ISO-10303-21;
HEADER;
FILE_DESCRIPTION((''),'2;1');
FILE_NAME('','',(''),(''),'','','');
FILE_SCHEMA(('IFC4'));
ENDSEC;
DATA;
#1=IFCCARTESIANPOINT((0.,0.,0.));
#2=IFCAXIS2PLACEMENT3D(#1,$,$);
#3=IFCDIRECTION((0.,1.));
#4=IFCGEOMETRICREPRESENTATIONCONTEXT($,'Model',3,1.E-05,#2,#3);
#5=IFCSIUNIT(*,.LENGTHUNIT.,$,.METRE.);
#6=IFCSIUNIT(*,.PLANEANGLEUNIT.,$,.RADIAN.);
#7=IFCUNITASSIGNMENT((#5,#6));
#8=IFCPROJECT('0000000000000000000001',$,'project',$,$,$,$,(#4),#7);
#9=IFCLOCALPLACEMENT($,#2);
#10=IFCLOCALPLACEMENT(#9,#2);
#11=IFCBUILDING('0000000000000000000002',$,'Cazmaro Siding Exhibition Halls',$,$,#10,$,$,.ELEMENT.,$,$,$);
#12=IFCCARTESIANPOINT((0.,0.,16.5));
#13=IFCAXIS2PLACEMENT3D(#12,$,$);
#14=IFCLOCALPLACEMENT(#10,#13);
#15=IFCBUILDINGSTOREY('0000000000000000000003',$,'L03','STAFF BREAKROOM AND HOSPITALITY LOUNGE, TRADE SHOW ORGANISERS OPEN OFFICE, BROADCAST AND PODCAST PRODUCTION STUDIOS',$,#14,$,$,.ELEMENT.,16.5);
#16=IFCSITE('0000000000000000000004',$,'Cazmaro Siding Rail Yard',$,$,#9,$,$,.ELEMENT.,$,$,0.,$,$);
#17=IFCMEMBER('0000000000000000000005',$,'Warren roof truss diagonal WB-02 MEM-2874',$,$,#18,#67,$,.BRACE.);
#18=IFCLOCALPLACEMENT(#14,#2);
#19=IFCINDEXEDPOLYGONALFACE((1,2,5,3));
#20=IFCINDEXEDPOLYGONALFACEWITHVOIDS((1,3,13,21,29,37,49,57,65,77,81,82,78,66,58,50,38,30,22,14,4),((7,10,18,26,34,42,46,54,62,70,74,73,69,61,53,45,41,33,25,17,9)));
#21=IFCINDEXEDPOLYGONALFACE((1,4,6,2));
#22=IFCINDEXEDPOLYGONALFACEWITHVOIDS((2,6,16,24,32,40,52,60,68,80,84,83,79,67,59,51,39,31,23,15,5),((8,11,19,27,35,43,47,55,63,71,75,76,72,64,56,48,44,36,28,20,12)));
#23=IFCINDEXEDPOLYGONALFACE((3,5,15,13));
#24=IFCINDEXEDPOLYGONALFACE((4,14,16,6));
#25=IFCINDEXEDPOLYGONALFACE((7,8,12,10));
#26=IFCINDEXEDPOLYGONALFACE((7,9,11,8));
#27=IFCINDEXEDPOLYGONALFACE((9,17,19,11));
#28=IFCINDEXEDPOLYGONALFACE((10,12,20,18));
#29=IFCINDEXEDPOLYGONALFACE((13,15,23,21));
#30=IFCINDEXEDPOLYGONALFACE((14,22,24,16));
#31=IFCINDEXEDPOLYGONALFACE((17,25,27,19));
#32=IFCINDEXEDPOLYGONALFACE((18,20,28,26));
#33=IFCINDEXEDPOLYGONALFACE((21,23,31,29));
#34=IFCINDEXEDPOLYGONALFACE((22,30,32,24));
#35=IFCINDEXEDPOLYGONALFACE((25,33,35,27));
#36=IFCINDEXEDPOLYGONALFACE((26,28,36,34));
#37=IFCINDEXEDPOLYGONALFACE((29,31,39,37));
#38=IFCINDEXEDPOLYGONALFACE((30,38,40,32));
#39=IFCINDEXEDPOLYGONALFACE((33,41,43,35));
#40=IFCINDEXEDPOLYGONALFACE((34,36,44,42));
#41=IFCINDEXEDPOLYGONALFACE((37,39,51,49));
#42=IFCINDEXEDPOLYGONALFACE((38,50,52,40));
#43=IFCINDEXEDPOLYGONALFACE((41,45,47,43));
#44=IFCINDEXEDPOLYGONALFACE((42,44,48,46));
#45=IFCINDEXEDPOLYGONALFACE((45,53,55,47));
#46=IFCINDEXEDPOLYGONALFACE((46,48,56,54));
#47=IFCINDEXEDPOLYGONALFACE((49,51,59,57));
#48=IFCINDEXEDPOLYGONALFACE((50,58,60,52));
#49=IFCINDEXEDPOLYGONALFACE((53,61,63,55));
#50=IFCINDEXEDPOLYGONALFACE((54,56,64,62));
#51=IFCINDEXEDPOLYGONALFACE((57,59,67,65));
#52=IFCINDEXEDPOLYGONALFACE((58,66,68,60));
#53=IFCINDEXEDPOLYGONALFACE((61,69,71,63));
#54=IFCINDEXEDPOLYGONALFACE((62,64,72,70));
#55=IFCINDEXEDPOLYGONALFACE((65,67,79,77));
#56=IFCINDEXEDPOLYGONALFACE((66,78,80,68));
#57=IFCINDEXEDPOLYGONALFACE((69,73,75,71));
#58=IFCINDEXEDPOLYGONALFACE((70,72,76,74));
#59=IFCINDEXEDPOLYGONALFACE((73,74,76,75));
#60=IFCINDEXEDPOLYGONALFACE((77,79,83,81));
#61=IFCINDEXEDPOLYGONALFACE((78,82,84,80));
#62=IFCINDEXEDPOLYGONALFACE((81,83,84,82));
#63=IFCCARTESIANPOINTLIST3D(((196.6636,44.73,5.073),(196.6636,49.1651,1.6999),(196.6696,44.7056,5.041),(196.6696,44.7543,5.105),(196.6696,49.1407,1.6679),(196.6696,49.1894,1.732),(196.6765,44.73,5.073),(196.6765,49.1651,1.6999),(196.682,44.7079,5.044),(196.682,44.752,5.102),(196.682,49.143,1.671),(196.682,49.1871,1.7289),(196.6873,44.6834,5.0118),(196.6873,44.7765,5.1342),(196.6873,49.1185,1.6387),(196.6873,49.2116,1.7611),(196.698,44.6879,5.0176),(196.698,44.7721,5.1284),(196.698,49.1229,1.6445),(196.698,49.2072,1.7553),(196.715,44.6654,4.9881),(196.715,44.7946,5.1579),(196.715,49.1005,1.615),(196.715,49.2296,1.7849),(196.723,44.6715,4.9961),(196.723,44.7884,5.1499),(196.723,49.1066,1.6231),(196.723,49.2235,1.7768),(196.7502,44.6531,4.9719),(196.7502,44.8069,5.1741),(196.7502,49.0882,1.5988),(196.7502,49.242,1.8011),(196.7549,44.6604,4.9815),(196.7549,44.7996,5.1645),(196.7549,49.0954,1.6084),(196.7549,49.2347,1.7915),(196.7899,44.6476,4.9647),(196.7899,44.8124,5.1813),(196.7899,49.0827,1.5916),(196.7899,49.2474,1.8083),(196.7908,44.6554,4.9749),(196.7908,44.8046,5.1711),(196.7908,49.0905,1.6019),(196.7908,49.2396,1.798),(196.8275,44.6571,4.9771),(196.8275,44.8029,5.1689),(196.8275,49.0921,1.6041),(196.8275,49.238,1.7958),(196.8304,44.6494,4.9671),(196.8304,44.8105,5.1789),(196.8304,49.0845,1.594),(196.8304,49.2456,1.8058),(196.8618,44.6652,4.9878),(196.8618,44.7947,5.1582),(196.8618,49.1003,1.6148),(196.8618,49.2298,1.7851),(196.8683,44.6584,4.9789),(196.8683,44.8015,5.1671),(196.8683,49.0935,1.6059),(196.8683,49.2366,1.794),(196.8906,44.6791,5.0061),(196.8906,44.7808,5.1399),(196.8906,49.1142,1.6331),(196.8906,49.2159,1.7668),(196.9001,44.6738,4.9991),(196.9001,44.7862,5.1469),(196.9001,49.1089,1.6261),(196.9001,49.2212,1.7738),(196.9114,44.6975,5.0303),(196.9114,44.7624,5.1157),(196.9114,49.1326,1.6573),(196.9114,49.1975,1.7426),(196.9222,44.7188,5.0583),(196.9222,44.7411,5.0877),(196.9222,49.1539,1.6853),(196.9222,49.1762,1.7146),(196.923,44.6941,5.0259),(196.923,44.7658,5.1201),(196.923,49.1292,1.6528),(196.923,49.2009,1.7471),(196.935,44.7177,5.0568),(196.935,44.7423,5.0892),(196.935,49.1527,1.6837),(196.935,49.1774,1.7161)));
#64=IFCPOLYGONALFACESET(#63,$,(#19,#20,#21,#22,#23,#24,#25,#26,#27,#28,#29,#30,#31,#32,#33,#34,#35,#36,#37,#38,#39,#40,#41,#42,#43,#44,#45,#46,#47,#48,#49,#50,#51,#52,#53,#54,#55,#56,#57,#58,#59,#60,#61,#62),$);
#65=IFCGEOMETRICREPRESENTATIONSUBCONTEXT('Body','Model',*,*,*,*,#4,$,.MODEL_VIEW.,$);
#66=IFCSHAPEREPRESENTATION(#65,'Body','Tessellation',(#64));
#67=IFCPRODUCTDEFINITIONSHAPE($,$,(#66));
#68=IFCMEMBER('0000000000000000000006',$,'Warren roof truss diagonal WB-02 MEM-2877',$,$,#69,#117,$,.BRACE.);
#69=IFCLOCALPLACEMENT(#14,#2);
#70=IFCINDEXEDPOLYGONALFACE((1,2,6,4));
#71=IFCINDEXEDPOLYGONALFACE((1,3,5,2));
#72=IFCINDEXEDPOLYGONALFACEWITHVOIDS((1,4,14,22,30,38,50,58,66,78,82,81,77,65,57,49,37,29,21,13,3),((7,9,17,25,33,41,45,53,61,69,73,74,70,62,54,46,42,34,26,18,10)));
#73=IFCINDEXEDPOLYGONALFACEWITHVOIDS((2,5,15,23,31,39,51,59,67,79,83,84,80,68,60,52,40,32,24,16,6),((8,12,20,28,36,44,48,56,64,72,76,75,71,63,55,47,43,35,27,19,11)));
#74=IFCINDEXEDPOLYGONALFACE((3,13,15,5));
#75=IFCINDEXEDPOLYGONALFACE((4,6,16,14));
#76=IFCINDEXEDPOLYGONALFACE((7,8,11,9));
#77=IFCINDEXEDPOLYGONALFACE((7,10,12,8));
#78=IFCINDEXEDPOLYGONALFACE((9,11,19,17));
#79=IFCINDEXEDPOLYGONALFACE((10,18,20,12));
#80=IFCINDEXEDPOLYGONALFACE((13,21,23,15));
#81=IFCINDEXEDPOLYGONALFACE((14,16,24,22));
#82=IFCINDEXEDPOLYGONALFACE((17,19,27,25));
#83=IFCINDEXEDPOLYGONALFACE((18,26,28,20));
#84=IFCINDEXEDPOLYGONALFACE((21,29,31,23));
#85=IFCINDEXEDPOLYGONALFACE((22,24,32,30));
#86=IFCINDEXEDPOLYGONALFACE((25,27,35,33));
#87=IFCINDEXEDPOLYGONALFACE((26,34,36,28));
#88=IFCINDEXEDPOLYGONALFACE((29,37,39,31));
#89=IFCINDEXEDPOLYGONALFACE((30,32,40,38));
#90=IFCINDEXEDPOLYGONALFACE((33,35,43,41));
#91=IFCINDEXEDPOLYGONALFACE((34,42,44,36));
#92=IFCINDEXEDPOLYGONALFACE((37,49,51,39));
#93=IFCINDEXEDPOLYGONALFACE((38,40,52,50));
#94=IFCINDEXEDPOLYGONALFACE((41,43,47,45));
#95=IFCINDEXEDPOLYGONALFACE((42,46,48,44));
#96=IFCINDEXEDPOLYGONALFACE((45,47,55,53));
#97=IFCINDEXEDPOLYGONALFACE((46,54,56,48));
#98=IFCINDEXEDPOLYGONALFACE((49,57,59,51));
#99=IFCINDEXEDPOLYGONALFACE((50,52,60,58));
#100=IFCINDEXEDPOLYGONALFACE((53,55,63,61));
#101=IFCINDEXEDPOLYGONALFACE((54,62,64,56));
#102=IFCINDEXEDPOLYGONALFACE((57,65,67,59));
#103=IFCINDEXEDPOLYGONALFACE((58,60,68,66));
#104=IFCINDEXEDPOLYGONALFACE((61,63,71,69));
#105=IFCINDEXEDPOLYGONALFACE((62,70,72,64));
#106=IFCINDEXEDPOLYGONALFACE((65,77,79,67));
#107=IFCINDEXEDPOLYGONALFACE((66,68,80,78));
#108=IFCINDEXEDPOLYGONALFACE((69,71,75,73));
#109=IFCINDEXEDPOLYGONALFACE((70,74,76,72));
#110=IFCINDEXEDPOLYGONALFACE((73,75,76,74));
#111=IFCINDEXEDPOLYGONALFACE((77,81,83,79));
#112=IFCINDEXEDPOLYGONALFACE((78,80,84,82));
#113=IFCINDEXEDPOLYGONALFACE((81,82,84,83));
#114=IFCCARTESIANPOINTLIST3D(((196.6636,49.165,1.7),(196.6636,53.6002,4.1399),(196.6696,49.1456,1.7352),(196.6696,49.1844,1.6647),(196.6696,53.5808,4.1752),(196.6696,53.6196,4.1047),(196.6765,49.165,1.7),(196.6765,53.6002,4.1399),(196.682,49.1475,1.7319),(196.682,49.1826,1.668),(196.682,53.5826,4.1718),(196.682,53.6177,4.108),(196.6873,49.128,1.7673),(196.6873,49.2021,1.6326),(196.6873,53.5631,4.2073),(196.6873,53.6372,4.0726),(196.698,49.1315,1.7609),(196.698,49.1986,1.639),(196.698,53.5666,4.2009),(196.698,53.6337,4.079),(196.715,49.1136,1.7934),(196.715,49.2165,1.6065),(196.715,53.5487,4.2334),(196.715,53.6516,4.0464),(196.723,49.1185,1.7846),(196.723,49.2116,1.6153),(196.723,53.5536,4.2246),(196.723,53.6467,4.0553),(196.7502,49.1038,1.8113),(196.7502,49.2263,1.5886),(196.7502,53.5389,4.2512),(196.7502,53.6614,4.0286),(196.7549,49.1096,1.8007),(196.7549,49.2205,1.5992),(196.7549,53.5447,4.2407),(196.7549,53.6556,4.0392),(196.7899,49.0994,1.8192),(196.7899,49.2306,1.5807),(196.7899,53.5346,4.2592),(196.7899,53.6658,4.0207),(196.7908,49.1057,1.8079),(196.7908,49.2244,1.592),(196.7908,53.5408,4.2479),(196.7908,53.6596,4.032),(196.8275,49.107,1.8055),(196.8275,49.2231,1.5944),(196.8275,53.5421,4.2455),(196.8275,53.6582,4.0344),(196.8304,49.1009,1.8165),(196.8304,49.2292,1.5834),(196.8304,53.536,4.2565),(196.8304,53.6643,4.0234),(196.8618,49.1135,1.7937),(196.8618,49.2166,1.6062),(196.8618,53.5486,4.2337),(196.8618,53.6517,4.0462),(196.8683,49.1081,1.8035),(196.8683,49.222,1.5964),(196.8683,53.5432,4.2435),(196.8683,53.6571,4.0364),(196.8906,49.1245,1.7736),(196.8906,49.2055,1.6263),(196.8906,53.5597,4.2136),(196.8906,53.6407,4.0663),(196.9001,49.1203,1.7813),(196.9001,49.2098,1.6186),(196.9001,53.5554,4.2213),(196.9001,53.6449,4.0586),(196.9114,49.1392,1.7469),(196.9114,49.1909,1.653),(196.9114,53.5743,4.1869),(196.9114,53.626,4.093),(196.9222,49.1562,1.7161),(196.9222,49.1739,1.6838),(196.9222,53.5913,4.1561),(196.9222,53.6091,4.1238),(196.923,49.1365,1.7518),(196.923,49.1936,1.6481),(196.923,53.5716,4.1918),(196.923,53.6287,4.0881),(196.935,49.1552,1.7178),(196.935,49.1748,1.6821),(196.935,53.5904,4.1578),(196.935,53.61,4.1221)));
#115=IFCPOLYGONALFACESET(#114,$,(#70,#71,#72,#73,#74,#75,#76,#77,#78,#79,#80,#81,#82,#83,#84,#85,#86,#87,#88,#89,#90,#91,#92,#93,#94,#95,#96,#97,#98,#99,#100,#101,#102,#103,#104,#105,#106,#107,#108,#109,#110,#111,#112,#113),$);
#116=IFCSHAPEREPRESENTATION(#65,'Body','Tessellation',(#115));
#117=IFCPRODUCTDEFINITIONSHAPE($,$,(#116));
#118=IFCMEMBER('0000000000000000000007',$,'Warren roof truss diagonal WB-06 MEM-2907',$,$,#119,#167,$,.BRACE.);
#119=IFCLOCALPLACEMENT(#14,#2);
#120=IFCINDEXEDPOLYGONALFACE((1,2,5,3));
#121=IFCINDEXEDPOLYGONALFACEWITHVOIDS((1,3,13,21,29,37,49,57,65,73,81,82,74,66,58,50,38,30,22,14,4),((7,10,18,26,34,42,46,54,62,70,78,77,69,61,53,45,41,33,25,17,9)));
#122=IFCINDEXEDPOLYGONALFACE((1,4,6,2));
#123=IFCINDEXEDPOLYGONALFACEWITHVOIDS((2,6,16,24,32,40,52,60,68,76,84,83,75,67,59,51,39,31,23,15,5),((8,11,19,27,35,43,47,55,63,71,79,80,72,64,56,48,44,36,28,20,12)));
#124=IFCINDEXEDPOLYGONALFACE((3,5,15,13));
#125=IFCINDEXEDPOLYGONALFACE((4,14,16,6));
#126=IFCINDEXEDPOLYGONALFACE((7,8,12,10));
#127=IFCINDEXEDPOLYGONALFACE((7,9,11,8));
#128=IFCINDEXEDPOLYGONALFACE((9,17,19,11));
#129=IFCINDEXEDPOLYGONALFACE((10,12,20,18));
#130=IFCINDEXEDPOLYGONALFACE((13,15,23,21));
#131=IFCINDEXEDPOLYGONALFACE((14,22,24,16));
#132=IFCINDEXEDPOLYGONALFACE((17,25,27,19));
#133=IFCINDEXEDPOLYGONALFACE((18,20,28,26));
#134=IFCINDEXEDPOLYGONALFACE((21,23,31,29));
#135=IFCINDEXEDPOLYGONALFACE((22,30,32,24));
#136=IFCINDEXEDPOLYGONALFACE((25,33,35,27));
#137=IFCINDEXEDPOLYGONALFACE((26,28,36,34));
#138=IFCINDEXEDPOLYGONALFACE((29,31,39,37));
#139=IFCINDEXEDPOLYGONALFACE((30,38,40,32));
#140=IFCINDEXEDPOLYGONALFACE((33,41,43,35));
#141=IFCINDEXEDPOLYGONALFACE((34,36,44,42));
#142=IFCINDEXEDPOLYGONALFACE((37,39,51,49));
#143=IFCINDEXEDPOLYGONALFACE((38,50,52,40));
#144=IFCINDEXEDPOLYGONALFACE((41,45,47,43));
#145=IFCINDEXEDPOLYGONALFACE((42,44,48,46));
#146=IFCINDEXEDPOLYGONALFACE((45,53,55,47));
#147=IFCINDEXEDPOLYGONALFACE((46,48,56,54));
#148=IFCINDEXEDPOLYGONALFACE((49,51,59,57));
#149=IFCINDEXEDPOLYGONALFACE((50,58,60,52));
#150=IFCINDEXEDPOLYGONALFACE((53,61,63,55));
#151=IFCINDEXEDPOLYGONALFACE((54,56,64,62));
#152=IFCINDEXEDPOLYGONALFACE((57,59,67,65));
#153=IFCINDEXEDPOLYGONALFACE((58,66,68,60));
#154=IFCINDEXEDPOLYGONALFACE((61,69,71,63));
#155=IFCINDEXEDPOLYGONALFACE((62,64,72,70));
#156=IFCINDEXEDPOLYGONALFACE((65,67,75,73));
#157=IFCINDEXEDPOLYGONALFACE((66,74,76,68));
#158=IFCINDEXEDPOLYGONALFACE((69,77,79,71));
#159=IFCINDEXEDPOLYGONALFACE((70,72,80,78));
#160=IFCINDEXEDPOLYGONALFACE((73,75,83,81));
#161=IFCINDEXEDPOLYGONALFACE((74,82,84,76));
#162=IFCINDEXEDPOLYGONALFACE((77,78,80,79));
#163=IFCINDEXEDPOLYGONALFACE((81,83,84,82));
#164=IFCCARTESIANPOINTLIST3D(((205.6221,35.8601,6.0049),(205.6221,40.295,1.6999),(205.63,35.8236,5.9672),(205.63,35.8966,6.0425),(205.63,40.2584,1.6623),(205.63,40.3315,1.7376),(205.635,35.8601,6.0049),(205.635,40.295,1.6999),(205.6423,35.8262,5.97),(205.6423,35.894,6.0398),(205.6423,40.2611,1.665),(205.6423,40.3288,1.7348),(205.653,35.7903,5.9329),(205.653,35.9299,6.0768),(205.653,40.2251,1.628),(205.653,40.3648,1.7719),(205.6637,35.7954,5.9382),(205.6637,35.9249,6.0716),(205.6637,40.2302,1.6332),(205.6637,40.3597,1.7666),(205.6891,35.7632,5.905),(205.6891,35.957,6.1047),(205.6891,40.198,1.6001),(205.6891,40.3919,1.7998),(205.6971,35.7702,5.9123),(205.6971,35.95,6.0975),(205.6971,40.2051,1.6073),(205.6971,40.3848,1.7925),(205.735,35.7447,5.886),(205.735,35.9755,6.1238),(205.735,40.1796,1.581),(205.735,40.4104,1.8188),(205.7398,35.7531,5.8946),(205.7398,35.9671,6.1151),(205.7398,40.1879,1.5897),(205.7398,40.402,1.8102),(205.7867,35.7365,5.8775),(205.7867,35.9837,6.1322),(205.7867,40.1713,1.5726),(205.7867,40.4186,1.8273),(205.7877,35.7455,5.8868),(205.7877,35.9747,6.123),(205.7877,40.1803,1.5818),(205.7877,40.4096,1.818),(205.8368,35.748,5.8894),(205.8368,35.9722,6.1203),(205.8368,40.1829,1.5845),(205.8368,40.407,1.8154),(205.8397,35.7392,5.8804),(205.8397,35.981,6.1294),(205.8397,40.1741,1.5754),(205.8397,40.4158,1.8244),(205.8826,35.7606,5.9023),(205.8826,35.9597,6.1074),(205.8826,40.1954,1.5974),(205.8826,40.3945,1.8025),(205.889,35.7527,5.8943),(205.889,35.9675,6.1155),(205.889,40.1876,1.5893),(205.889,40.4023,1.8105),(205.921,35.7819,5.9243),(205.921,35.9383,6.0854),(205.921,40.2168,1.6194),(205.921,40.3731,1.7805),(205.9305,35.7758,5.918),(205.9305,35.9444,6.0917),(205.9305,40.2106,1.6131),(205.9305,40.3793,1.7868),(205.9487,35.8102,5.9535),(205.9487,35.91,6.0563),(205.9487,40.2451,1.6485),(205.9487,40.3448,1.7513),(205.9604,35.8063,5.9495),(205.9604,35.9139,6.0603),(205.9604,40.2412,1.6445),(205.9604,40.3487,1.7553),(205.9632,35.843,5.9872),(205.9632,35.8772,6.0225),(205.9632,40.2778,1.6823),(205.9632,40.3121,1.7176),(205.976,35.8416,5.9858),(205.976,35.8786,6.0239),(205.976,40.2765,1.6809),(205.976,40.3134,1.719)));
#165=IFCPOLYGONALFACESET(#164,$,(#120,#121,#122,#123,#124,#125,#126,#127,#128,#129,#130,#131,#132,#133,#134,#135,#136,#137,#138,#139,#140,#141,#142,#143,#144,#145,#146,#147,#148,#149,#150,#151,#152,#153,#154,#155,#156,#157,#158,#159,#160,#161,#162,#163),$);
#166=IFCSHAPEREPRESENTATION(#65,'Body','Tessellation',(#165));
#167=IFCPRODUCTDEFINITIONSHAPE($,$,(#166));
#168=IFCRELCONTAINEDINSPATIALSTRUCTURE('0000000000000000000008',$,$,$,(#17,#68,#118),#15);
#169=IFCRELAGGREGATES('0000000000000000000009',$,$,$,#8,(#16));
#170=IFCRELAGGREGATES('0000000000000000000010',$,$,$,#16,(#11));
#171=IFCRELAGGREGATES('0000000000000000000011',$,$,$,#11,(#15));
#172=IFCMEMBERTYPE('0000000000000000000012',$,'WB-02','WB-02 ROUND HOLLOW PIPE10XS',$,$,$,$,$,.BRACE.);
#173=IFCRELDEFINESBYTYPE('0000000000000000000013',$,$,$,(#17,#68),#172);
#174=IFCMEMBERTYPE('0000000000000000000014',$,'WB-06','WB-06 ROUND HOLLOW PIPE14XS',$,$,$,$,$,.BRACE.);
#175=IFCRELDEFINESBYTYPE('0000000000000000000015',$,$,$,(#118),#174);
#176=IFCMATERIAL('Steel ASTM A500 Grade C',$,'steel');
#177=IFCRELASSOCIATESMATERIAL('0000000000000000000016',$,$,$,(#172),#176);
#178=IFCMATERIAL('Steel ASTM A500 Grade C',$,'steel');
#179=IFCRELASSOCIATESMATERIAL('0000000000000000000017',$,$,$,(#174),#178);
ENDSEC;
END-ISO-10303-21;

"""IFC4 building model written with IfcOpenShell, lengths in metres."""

from ifc_helpers import new_model, si_unit, direction, frame, origin, origin_2d, place, context, subcontext, project, spatial, hollow_circle, extrude, material, material_profile, profile_set, type_object, element, save


model = new_model("IFC4")

# Units and contexts
model_context = context("Model", 3, precision=1e-05, world=origin(), true_north=direction((0.0, 1.0)))
body_context = subcontext(model_context, "Body", "Model", "MODEL_VIEW")
ifc_project = project(units=[si_unit("LENGTHUNIT", "METRE"), si_unit("PLANEANGLEUNIT", "RADIAN")], contexts=[model_context])

# Site, building, storey
site_placement = place(None, origin())
site = spatial("IfcSite", under=ifc_project, at=site_placement, Name="Cazmaro Siding Rail Yard", CompositionType="ELEMENT", RefElevation=0.0)
building_placement = place(site_placement, origin())
building = spatial("IfcBuilding", under=site, at=building_placement, Name="Cazmaro Siding Exhibition Halls", CompositionType="ELEMENT")
storey_placement = place(building_placement, frame((0.0, 0.0, 16.5)))
storey = spatial("IfcBuildingStorey", under=building, at=storey_placement, Name="L03", Description="STAFF BREAKROOM AND HOSPITALITY LOUNGE, TRADE SHOW ORGANISERS OPEN OFFICE, BROADCAST AND PODCAST PRODUCTION STUDIOS", CompositionType="ELEMENT", Elevation=16.5)

# Members
ifc_material_1 = material(Name="Steel ASTM A500 Grade C", Category="steel")
ifc_material_profile_1 = material_profile(ifc_material_1, hollow_circle(Radius=0.1365, WallThickness=0.0129, at=origin_2d()), Name="PIPE10XS")
ifc_profile_set_1 = profile_set([ifc_material_profile_1], Name="Steel ASTM A500 Grade C")
member_type_1 = type_object("IfcMemberType", Name="WB-02", Description="WB-02 ROUND HOLLOW PIPE10XS", PredefinedType="BRACE", material=ifc_profile_set_1)
for number, where, z_axis, x_axis, name in (
    (1, (196.8, 44.73, 5.073), (0.0, 0.795954, -0.605357), (-1.0, 0.0, 0.0), "Warren roof truss diagonal WB-02 MEM-2874"),
):
    element("IfcMember", number, at=place(storey_placement, frame(where, z_axis=z_axis, x_axis=x_axis)), inside=storey, type_object=member_type_1, Name=name, PredefinedType="BRACE", context=body_context, shape_type="SweptSolid", body=[
        extrude(hollow_circle(Radius=0.1365, WallThickness=0.0129, at=origin_2d()), origin(), (0.0, 0.0, 1.0), 5.572),
    ])
member_1_placement = place(storey_placement, frame((196.8, 49.165, 1.7), z_axis=(0.0, 0.876161, 0.482019), x_axis=(-1.0, 0.0, 0.0)))
element("IfcMember", 2, at=member_1_placement, inside=storey, type_object=member_type_1, Name="Warren roof truss diagonal WB-02 MEM-2877", PredefinedType="BRACE", context=body_context, shape_type="SweptSolid", body=[
    extrude(hollow_circle(Radius=0.1365, WallThickness=0.0129, at=origin_2d()), origin(), (0.0, 0.0, 1.0), 5.062),
])
ifc_material_2 = material(Name="Steel ASTM A500 Grade C", Category="steel")
ifc_material_profile_2 = material_profile(ifc_material_2, hollow_circle(Radius=0.178, WallThickness=0.0129, at=origin_2d()), Name="PIPE14XS")
ifc_profile_set_2 = profile_set([ifc_material_profile_2], Name="Steel ASTM A500 Grade C")
member_type_2 = type_object("IfcMemberType", Name="WB-06", Description="WB-06 ROUND HOLLOW PIPE14XS", PredefinedType="BRACE", material=ifc_profile_set_2)
member_2_placement = place(storey_placement, frame((205.8, 35.8601, 6.0049), z_axis=(0.0, 0.717536, -0.696521), x_axis=(-1.0, 0.0, 0.0)))
element("IfcMember", 3, at=member_2_placement, inside=storey, type_object=member_type_2, Name="Warren roof truss diagonal WB-06 MEM-2907", PredefinedType="BRACE", context=body_context, shape_type="SweptSolid", body=[
    extrude(hollow_circle(Radius=0.178, WallThickness=0.0129, at=origin_2d()), origin(), (0.0, 0.0, 1.0), 6.1807),
])

save(model, "model.ifc")
